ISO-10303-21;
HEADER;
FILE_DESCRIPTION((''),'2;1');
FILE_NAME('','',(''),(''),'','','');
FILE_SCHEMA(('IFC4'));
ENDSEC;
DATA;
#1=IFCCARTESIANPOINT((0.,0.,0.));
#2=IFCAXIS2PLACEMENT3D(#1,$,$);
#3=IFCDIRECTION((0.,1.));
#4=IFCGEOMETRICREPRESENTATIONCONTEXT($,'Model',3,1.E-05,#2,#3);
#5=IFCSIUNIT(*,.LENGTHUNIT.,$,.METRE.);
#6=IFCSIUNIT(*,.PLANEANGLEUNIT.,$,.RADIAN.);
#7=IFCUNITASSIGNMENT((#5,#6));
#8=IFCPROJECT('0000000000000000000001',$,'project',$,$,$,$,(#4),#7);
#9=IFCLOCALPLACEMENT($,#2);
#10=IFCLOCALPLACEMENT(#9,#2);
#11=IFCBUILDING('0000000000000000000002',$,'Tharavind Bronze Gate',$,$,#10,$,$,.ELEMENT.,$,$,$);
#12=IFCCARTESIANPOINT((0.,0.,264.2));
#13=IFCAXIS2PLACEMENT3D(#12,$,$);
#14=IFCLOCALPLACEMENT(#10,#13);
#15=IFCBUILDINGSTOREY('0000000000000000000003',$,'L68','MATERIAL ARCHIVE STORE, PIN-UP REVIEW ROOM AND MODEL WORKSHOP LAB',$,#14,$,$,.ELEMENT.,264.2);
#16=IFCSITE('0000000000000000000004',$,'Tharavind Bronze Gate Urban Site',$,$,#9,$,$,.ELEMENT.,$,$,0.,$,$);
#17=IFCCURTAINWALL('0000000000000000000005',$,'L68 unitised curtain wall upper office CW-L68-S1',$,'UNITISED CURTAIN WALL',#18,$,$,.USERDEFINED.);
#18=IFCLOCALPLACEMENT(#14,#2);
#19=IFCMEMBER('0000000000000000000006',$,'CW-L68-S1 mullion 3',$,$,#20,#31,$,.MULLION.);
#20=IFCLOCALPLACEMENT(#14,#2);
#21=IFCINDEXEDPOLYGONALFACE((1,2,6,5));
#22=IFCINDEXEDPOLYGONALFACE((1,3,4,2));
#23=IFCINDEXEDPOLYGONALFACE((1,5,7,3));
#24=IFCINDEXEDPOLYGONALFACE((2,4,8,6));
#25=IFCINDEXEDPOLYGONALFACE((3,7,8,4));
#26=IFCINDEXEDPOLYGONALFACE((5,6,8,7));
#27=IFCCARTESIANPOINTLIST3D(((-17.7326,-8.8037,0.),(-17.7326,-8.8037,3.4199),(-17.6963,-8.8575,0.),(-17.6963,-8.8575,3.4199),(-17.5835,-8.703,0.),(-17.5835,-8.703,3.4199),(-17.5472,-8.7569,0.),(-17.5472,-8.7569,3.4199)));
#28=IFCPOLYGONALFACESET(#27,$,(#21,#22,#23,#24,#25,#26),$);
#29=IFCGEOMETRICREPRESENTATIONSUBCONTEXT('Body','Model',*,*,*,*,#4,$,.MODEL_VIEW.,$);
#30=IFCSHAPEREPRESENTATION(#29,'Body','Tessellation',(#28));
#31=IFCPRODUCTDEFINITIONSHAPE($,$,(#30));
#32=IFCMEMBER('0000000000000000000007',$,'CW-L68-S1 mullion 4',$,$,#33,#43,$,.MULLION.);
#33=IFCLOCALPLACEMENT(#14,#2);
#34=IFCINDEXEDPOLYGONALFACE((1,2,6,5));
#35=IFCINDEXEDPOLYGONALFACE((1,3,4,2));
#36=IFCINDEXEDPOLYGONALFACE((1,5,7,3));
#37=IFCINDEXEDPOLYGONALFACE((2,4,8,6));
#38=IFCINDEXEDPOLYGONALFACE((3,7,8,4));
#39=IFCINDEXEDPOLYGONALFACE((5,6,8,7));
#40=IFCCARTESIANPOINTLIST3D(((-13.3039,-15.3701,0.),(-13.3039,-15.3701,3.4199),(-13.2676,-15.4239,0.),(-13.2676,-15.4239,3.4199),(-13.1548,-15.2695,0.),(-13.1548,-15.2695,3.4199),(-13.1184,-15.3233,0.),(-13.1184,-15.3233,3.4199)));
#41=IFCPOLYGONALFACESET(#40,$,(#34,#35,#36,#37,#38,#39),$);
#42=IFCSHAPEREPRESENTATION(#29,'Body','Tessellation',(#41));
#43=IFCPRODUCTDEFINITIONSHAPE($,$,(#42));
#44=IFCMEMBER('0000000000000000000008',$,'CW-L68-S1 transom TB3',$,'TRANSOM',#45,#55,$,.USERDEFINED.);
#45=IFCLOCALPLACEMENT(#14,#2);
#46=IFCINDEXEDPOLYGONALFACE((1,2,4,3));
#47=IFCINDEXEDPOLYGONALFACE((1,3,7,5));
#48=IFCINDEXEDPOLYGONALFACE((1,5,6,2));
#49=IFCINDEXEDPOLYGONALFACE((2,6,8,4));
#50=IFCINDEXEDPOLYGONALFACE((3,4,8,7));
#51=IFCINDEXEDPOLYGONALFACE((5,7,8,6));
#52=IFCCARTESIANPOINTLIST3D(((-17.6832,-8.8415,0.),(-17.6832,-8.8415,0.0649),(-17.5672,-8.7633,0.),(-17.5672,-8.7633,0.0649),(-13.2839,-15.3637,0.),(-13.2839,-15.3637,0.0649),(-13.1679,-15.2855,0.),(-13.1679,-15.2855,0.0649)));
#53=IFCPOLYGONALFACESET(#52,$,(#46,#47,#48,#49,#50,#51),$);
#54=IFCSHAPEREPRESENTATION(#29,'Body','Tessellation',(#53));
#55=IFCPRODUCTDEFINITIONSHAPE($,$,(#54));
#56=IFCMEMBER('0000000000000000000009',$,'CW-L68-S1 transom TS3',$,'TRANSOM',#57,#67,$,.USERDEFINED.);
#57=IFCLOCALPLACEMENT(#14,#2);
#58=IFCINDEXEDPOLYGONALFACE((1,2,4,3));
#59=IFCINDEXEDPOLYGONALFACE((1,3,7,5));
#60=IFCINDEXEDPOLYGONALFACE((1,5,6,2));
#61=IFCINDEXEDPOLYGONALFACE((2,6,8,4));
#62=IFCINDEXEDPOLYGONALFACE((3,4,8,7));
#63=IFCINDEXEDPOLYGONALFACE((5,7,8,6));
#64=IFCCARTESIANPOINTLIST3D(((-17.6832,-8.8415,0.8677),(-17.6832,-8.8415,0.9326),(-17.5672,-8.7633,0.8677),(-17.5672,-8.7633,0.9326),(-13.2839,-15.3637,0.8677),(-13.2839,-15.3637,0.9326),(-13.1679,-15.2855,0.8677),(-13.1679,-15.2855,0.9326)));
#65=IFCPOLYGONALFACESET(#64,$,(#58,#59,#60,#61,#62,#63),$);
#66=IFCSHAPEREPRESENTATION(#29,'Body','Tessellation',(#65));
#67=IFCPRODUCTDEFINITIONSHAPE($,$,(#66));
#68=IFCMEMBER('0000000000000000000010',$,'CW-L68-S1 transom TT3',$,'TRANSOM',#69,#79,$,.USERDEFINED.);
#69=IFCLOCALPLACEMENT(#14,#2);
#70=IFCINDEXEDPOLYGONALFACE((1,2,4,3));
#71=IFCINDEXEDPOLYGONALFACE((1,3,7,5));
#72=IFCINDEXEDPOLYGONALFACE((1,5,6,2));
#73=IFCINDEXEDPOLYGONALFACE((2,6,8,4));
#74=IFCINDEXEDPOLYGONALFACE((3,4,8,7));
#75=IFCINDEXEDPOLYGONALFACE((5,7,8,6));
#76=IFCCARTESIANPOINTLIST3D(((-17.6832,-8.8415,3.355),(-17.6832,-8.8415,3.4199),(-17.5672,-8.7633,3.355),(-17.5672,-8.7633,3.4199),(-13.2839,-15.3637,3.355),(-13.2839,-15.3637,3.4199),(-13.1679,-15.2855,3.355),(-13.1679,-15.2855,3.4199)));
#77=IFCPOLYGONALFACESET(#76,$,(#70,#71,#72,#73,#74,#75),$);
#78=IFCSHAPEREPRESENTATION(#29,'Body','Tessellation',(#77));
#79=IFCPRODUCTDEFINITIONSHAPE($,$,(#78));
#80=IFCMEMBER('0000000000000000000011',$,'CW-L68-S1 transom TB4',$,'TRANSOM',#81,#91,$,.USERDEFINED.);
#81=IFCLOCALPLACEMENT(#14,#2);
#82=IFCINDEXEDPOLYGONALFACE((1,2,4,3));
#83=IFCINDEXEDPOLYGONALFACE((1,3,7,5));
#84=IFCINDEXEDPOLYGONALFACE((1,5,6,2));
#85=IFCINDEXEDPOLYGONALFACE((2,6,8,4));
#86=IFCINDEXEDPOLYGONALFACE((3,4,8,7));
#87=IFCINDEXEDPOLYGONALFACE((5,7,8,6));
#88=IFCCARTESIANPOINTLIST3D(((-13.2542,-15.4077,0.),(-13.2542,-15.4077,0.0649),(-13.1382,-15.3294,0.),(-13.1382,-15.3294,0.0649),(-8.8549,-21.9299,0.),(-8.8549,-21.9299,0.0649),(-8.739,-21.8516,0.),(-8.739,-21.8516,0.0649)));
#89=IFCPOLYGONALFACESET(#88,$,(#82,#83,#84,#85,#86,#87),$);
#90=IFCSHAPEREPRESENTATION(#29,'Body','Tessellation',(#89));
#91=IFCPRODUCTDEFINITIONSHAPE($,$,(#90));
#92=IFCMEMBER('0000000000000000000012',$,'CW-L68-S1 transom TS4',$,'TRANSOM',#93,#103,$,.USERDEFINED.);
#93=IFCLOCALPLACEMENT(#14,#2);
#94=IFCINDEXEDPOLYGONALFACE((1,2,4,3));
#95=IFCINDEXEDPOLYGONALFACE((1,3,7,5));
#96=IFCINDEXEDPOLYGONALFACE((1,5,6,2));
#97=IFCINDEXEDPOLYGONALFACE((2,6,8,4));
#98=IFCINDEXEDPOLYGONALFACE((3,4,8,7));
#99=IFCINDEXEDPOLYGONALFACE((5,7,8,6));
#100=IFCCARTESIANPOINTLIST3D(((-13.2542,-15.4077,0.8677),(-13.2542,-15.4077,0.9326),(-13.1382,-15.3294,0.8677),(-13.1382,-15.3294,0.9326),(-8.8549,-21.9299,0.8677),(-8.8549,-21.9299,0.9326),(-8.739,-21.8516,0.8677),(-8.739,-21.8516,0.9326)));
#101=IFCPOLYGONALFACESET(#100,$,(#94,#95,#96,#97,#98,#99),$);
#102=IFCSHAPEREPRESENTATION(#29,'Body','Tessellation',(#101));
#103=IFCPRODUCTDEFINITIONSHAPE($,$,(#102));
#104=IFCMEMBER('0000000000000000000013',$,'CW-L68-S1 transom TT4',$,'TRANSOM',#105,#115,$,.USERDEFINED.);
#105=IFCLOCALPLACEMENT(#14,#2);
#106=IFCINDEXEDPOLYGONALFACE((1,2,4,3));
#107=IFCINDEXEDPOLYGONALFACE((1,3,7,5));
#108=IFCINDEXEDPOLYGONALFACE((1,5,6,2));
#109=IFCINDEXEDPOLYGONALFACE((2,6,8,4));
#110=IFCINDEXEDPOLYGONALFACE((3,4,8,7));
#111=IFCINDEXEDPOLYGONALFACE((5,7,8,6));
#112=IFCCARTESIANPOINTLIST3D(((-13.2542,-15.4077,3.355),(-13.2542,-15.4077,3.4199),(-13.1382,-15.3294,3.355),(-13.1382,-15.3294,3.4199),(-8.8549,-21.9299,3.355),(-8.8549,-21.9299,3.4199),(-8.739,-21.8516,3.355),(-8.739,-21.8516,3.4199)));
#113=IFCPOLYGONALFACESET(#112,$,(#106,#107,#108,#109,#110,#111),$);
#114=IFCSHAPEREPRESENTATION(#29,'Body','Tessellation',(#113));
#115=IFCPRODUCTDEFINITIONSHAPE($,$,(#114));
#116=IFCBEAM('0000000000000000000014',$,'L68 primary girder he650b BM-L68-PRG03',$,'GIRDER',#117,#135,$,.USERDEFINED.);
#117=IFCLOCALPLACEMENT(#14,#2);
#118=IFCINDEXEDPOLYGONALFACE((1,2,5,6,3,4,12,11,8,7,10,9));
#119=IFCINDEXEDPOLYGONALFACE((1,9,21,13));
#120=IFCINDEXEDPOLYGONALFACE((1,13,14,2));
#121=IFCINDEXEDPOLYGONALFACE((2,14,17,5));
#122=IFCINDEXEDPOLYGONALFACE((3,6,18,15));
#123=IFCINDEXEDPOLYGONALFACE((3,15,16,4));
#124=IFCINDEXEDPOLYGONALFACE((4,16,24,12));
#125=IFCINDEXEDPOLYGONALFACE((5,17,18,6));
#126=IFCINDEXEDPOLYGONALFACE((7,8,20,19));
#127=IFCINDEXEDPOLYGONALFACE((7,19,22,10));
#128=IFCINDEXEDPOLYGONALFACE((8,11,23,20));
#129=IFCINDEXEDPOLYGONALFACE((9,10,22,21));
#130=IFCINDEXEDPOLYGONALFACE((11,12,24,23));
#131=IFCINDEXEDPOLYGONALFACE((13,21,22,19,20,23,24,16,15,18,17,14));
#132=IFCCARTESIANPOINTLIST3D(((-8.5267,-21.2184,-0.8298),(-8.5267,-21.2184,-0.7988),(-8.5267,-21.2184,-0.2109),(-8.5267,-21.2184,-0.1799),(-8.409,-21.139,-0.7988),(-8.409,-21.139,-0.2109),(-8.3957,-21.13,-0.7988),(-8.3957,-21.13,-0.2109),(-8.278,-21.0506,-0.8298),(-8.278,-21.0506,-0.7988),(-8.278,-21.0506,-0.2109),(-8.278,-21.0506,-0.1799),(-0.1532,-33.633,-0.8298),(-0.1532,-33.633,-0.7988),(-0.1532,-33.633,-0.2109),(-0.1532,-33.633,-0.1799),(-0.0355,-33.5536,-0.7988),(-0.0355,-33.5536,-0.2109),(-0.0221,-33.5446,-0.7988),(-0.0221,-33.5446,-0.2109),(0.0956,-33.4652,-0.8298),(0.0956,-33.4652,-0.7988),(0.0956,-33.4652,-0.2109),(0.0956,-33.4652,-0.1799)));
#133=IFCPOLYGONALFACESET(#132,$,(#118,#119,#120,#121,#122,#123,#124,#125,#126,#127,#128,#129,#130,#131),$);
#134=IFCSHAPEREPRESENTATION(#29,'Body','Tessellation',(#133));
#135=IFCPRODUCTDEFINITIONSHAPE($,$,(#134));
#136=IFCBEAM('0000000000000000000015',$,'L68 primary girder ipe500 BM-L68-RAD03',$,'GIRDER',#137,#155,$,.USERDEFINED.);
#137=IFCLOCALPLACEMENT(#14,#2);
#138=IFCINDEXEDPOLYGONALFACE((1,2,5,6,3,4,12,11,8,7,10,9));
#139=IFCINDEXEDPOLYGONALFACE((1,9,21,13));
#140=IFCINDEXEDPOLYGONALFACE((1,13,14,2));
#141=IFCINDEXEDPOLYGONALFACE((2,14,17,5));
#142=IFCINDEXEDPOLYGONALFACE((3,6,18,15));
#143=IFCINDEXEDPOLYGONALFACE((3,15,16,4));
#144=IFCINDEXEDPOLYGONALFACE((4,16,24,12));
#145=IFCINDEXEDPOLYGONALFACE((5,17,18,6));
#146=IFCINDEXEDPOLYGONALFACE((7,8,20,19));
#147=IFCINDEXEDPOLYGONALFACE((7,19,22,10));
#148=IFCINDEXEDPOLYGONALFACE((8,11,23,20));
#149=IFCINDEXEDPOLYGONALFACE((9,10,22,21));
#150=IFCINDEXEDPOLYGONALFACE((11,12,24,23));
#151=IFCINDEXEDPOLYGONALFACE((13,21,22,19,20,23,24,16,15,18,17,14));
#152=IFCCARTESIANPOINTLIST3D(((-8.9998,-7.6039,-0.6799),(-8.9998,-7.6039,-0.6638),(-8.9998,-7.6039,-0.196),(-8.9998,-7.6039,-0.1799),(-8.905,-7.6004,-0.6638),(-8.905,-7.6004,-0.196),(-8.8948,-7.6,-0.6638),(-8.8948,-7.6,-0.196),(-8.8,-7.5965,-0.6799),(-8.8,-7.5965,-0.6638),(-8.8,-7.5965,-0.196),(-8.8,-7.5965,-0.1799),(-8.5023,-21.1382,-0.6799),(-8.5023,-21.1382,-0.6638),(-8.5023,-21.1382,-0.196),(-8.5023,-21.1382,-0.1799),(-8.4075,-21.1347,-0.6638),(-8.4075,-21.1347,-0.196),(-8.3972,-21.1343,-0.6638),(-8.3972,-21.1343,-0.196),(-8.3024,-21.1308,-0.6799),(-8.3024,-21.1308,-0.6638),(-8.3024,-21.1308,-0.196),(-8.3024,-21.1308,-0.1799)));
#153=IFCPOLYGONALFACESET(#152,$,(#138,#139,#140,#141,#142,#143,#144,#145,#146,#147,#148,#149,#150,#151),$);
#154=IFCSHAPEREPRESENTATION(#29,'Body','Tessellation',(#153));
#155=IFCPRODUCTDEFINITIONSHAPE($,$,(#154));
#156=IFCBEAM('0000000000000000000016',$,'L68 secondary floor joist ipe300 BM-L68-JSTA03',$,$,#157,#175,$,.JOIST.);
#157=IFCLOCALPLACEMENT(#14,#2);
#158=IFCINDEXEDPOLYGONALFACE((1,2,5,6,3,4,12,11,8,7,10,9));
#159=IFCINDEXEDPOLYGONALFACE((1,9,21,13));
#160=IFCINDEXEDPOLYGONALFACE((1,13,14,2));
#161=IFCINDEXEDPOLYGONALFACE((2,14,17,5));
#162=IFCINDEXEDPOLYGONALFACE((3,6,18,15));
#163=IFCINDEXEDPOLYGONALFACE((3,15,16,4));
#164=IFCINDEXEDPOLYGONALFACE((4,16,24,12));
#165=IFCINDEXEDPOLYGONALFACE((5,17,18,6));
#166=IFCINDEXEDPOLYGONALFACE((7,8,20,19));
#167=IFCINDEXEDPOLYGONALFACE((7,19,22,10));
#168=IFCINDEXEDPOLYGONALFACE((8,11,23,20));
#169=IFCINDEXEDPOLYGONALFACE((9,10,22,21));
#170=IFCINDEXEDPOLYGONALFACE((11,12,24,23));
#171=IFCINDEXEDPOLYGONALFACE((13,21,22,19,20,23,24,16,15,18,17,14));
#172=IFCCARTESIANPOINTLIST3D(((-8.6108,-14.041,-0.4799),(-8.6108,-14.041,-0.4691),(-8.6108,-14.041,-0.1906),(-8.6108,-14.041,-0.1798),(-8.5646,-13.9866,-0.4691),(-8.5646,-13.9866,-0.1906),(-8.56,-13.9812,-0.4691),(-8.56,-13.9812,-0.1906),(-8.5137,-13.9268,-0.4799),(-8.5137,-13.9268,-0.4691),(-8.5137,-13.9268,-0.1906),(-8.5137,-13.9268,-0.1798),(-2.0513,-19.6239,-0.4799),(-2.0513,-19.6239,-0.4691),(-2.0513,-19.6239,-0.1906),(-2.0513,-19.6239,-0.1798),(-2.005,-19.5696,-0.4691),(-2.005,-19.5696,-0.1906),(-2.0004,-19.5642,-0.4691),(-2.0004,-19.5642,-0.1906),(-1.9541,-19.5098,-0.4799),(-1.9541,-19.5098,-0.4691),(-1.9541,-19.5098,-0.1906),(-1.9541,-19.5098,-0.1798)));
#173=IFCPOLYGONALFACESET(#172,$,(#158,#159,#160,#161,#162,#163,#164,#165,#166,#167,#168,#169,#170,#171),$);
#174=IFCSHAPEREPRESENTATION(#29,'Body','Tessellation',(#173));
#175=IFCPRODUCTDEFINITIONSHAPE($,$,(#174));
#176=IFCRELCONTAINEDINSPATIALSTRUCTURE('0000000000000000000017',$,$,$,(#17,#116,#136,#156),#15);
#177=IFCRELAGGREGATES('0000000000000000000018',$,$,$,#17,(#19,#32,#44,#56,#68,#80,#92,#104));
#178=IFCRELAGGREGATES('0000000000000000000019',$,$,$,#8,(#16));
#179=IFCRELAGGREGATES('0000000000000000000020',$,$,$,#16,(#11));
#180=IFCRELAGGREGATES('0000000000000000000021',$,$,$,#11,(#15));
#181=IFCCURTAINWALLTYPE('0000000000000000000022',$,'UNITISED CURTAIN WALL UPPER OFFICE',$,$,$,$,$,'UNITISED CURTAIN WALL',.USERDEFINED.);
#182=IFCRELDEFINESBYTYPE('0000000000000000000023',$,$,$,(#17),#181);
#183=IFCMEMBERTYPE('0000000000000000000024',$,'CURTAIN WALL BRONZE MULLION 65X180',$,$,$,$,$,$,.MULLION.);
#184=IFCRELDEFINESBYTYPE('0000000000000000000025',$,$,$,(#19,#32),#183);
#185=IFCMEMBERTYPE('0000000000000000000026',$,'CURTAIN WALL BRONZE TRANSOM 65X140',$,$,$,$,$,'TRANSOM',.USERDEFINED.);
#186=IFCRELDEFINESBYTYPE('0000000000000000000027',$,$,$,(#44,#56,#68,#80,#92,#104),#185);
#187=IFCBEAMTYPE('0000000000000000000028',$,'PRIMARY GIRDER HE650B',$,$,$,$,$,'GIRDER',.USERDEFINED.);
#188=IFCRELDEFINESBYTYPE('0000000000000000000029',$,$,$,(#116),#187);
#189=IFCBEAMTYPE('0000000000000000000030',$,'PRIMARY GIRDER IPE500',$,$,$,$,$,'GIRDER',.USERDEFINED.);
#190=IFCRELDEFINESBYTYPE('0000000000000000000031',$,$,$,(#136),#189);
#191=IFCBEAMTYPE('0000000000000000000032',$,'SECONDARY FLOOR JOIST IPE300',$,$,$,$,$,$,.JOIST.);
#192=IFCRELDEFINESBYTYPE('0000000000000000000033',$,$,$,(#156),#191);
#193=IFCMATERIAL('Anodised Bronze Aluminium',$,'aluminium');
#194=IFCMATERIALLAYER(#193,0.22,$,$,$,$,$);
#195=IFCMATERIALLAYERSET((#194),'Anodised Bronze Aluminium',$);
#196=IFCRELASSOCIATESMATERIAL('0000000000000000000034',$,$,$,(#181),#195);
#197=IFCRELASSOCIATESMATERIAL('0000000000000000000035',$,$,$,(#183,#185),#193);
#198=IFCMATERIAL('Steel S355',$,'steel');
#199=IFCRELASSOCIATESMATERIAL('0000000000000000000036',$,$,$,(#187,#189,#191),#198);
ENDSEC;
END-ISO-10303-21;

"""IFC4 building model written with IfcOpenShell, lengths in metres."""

from ifc_helpers import new_model, si_unit, direction, frame, origin, origin_2d, place, context, subcontext, project, spatial, rectangle, i_section, extrude, material, layer, layer_set, material_profile, profile_set, type_object, element, aggregate, save


model = new_model("IFC4")

# Units and contexts
model_context = context("Model", 3, precision=1e-05, world=origin(), true_north=direction((0.0, 1.0)))
body_context = subcontext(model_context, "Body", "Model", "MODEL_VIEW")
ifc_project = project(units=[si_unit("LENGTHUNIT", "METRE"), si_unit("PLANEANGLEUNIT", "RADIAN")], contexts=[model_context])

# Site, building, storey
site_placement = place(None, origin())
site = spatial("IfcSite", under=ifc_project, at=site_placement, Name="Tharavind Bronze Gate Urban Site", CompositionType="ELEMENT", RefElevation=0.0)
building_placement = place(site_placement, origin())
building = spatial("IfcBuilding", under=site, at=building_placement, Name="Tharavind Bronze Gate", CompositionType="ELEMENT")
storey_placement = place(building_placement, frame((0.0, 0.0, 264.2)))
storey = spatial("IfcBuildingStorey", under=building, at=storey_placement, Name="L68", Description="MATERIAL ARCHIVE STORE, PIN-UP REVIEW ROOM AND MODEL WORKSHOP LAB", CompositionType="ELEMENT", Elevation=264.2)

# Curtain wall, members
ifc_material_1 = material(Name="Anodised Bronze Aluminium", Category="aluminium")
ifc_layer_1 = layer(ifc_material_1, 0.22)
ifc_layer_set_1 = layer_set([ifc_layer_1], Name="Anodised Bronze Aluminium")
curtain_wall_type = type_object("IfcCurtainWallType", Name="UNITISED CURTAIN WALL UPPER OFFICE", ElementType="UNITISED CURTAIN WALL", PredefinedType="USERDEFINED", material=ifc_layer_set_1)
curtain_wall_placement = place(storey_placement, origin())
curtain_wall = element("IfcCurtainWall", 1, at=curtain_wall_placement, inside=storey, type_object=curtain_wall_type, Name="L68 unitised curtain wall upper office CW-L68-S1", ObjectType="UNITISED CURTAIN WALL", PredefinedType="USERDEFINED")
member_type_1 = type_object("IfcMemberType", Name="CURTAIN WALL BRONZE MULLION 65X180", PredefinedType="MULLION", material=ifc_material_1)
member_1_placement = place(storey_placement, frame((-17.6399, -8.7803, 0.0), z_axis=(0.0, 0.0, 1.0), x_axis=(0.559191, -0.829039, 0.0)))
member_1 = element("IfcMember", 2, at=member_1_placement, type_object=member_type_1, Name="CW-L68-S1 mullion 3", PredefinedType="MULLION", context=body_context, shape_type="SweptSolid", body=[
    extrude(rectangle(XDim=0.0649, YDim=0.1799, at=origin_2d()), origin(), (0.0, 0.0, 1.0), 3.4199),
])
member_2_placement = place(storey_placement, frame((-13.2112, -15.3467, 0.0), z_axis=(0.0, 0.0, 1.0), x_axis=(0.559191, -0.829039, 0.0)))
member_2 = element("IfcMember", 3, at=member_2_placement, type_object=member_type_1, Name="CW-L68-S1 mullion 4", PredefinedType="MULLION", context=body_context, shape_type="SweptSolid", body=[
    extrude(rectangle(XDim=0.0649, YDim=0.1799, at=origin_2d()), origin(), (0.0, 0.0, 1.0), 3.4199),
])
member_type_2 = type_object("IfcMemberType", Name="CURTAIN WALL BRONZE TRANSOM 65X140", ElementType="TRANSOM", PredefinedType="USERDEFINED", material=ifc_material_1)
member_3_placement = place(storey_placement, frame((-15.4255, -12.0635, 0.0), z_axis=(0.0, 0.0, 1.0), x_axis=(0.559191, -0.829039, 0.0)))
member_3 = element("IfcMember", 4, at=member_3_placement, type_object=member_type_2, Name="CW-L68-S1 transom TB3", ObjectType="TRANSOM", PredefinedType="USERDEFINED", context=body_context, shape_type="SweptSolid", body=[
    extrude(rectangle(XDim=7.8672, YDim=0.1399, at=origin_2d()), origin(), (0.0, 0.0, 1.0), 0.0649),
])
member_4_placement = place(storey_placement, frame((-15.4255, -12.0635, 0.8677), z_axis=(0.0, 0.0, 1.0), x_axis=(0.559191, -0.829039, 0.0)))
member_4 = element("IfcMember", 5, at=member_4_placement, type_object=member_type_2, Name="CW-L68-S1 transom TS3", ObjectType="TRANSOM", PredefinedType="USERDEFINED", context=body_context, shape_type="SweptSolid", body=[
    extrude(rectangle(XDim=7.8672, YDim=0.1399, at=origin_2d()), origin(), (0.0, 0.0, 1.0), 0.0649),
])
member_5_placement = place(storey_placement, frame((-15.4255, -12.0635, 3.355), z_axis=(0.0, 0.0, 1.0), x_axis=(0.559191, -0.829039, 0.0)))
member_5 = element("IfcMember", 6, at=member_5_placement, type_object=member_type_2, Name="CW-L68-S1 transom TT3", ObjectType="TRANSOM", PredefinedType="USERDEFINED", context=body_context, shape_type="SweptSolid", body=[
    extrude(rectangle(XDim=7.8672, YDim=0.1399, at=origin_2d()), origin(), (0.0, 0.0, 1.0), 0.0649),
])
member_6_placement = place(storey_placement, frame((-10.9966, -18.6296, 0.0), z_axis=(0.0, 0.0, 1.0), x_axis=(0.559191, -0.829039, 0.0)))
member_6 = element("IfcMember", 7, at=member_6_placement, type_object=member_type_2, Name="CW-L68-S1 transom TB4", ObjectType="TRANSOM", PredefinedType="USERDEFINED", context=body_context, shape_type="SweptSolid", body=[
    extrude(rectangle(XDim=7.8672, YDim=0.1399, at=origin_2d()), origin(), (0.0, 0.0, 1.0), 0.0649),
])
member_7_placement = place(storey_placement, frame((-10.9966, -18.6296, 0.8677), z_axis=(0.0, 0.0, 1.0), x_axis=(0.559191, -0.829039, 0.0)))
member_7 = element("IfcMember", 8, at=member_7_placement, type_object=member_type_2, Name="CW-L68-S1 transom TS4", ObjectType="TRANSOM", PredefinedType="USERDEFINED", context=body_context, shape_type="SweptSolid", body=[
    extrude(rectangle(XDim=7.8672, YDim=0.1399, at=origin_2d()), origin(), (0.0, 0.0, 1.0), 0.0649),
])
member_8_placement = place(storey_placement, frame((-10.9966, -18.6296, 3.355), z_axis=(0.0, 0.0, 1.0), x_axis=(0.559191, -0.829039, 0.0)))
member_8 = element("IfcMember", 9, at=member_8_placement, type_object=member_type_2, Name="CW-L68-S1 transom TT4", ObjectType="TRANSOM", PredefinedType="USERDEFINED", context=body_context, shape_type="SweptSolid", body=[
    extrude(rectangle(XDim=7.8672, YDim=0.1399, at=origin_2d()), origin(), (0.0, 0.0, 1.0), 0.0649),
])

# Beams
ifc_material_2 = material(Name="Steel S355", Category="steel")
ifc_material_profile_1 = material_profile(ifc_material_2, i_section(OverallWidth=0.3, OverallDepth=0.6499, WebThickness=0.0161, FlangeThickness=0.031, at=origin_2d()), Name="HE650B")
ifc_profile_set_1 = profile_set([ifc_material_profile_1], Name="Steel S355")
beam_type_1 = type_object("IfcBeamType", Name="PRIMARY GIRDER HE650B", ElementType="GIRDER", PredefinedType="USERDEFINED", material=ifc_profile_set_1)
beam_1_placement = place(storey_placement, frame((-8.4023, -21.1345, -0.5049), z_axis=(0.559184, -0.829043, 0.0), x_axis=(0.829043, 0.559184, 0.0)))
element("IfcBeam", 10, at=beam_1_placement, inside=storey, type_object=beam_type_1, Name="L68 primary girder he650b BM-L68-PRG03", ObjectType="GIRDER", PredefinedType="USERDEFINED", context=body_context, shape_type="SweptSolid", body=[
    extrude(i_section(OverallWidth=0.3, OverallDepth=0.6499, WebThickness=0.0161, FlangeThickness=0.031, at=origin_2d()), origin(), (0.0, 0.0, 1.0), 14.9746),
])
ifc_material_profile_2 = material_profile(ifc_material_2, i_section(OverallWidth=0.2, OverallDepth=0.5, WebThickness=0.0103, FlangeThickness=0.0161, at=origin_2d()), Name="IPE500")
ifc_profile_set_2 = profile_set([ifc_material_profile_2], Name="Steel S355")
beam_type_2 = type_object("IfcBeamType", Name="PRIMARY GIRDER IPE500", ElementType="GIRDER", PredefinedType="USERDEFINED", material=ifc_profile_set_2)
beam_2_placement = place(storey_placement, frame((-8.4023, -21.1345, -0.4299), z_axis=(-0.036738, 0.999325, 0.0), x_axis=(-0.999325, -0.036738, 0.0)))
element("IfcBeam", 11, at=beam_2_placement, inside=storey, type_object=beam_type_2, Name="L68 primary girder ipe500 BM-L68-RAD03", ObjectType="GIRDER", PredefinedType="USERDEFINED", context=body_context, shape_type="SweptSolid", body=[
    extrude(i_section(OverallWidth=0.2, OverallDepth=0.5, WebThickness=0.0103, FlangeThickness=0.0161, at=origin_2d()), origin(), (0.0, 0.0, 1.0), 13.5435),
])
ifc_material_profile_3 = material_profile(ifc_material_2, i_section(OverallWidth=0.1499, OverallDepth=0.3, WebThickness=0.0071, FlangeThickness=0.0107, at=origin_2d()), Name="IPE300")
ifc_profile_set_3 = profile_set([ifc_material_profile_3], Name="Steel S355")
beam_type_3 = type_object("IfcBeamType", Name="SECONDARY FLOOR JOIST IPE300", PredefinedType="JOIST", material=ifc_profile_set_3)
beam_3_placement = place(storey_placement, frame((-8.5623, -13.9839, -0.3298), z_axis=(0.761517, -0.648145, 0.0), x_axis=(0.648145, 0.761517, 0.0)))
element("IfcBeam", 12, at=beam_3_placement, inside=storey, type_object=beam_type_3, Name="L68 secondary floor joist ipe300 BM-L68-JSTA03", PredefinedType="JOIST", context=body_context, shape_type="SweptSolid", body=[
    extrude(i_section(OverallWidth=0.1499, OverallDepth=0.3, WebThickness=0.0071, FlangeThickness=0.0107, at=origin_2d()), origin(), (0.0, 0.0, 1.0), 8.6138),
])

aggregate(curtain_wall, [member_1, member_2, member_3, member_4, member_5, member_6, member_7, member_8])

save(model, "model.ifc")
